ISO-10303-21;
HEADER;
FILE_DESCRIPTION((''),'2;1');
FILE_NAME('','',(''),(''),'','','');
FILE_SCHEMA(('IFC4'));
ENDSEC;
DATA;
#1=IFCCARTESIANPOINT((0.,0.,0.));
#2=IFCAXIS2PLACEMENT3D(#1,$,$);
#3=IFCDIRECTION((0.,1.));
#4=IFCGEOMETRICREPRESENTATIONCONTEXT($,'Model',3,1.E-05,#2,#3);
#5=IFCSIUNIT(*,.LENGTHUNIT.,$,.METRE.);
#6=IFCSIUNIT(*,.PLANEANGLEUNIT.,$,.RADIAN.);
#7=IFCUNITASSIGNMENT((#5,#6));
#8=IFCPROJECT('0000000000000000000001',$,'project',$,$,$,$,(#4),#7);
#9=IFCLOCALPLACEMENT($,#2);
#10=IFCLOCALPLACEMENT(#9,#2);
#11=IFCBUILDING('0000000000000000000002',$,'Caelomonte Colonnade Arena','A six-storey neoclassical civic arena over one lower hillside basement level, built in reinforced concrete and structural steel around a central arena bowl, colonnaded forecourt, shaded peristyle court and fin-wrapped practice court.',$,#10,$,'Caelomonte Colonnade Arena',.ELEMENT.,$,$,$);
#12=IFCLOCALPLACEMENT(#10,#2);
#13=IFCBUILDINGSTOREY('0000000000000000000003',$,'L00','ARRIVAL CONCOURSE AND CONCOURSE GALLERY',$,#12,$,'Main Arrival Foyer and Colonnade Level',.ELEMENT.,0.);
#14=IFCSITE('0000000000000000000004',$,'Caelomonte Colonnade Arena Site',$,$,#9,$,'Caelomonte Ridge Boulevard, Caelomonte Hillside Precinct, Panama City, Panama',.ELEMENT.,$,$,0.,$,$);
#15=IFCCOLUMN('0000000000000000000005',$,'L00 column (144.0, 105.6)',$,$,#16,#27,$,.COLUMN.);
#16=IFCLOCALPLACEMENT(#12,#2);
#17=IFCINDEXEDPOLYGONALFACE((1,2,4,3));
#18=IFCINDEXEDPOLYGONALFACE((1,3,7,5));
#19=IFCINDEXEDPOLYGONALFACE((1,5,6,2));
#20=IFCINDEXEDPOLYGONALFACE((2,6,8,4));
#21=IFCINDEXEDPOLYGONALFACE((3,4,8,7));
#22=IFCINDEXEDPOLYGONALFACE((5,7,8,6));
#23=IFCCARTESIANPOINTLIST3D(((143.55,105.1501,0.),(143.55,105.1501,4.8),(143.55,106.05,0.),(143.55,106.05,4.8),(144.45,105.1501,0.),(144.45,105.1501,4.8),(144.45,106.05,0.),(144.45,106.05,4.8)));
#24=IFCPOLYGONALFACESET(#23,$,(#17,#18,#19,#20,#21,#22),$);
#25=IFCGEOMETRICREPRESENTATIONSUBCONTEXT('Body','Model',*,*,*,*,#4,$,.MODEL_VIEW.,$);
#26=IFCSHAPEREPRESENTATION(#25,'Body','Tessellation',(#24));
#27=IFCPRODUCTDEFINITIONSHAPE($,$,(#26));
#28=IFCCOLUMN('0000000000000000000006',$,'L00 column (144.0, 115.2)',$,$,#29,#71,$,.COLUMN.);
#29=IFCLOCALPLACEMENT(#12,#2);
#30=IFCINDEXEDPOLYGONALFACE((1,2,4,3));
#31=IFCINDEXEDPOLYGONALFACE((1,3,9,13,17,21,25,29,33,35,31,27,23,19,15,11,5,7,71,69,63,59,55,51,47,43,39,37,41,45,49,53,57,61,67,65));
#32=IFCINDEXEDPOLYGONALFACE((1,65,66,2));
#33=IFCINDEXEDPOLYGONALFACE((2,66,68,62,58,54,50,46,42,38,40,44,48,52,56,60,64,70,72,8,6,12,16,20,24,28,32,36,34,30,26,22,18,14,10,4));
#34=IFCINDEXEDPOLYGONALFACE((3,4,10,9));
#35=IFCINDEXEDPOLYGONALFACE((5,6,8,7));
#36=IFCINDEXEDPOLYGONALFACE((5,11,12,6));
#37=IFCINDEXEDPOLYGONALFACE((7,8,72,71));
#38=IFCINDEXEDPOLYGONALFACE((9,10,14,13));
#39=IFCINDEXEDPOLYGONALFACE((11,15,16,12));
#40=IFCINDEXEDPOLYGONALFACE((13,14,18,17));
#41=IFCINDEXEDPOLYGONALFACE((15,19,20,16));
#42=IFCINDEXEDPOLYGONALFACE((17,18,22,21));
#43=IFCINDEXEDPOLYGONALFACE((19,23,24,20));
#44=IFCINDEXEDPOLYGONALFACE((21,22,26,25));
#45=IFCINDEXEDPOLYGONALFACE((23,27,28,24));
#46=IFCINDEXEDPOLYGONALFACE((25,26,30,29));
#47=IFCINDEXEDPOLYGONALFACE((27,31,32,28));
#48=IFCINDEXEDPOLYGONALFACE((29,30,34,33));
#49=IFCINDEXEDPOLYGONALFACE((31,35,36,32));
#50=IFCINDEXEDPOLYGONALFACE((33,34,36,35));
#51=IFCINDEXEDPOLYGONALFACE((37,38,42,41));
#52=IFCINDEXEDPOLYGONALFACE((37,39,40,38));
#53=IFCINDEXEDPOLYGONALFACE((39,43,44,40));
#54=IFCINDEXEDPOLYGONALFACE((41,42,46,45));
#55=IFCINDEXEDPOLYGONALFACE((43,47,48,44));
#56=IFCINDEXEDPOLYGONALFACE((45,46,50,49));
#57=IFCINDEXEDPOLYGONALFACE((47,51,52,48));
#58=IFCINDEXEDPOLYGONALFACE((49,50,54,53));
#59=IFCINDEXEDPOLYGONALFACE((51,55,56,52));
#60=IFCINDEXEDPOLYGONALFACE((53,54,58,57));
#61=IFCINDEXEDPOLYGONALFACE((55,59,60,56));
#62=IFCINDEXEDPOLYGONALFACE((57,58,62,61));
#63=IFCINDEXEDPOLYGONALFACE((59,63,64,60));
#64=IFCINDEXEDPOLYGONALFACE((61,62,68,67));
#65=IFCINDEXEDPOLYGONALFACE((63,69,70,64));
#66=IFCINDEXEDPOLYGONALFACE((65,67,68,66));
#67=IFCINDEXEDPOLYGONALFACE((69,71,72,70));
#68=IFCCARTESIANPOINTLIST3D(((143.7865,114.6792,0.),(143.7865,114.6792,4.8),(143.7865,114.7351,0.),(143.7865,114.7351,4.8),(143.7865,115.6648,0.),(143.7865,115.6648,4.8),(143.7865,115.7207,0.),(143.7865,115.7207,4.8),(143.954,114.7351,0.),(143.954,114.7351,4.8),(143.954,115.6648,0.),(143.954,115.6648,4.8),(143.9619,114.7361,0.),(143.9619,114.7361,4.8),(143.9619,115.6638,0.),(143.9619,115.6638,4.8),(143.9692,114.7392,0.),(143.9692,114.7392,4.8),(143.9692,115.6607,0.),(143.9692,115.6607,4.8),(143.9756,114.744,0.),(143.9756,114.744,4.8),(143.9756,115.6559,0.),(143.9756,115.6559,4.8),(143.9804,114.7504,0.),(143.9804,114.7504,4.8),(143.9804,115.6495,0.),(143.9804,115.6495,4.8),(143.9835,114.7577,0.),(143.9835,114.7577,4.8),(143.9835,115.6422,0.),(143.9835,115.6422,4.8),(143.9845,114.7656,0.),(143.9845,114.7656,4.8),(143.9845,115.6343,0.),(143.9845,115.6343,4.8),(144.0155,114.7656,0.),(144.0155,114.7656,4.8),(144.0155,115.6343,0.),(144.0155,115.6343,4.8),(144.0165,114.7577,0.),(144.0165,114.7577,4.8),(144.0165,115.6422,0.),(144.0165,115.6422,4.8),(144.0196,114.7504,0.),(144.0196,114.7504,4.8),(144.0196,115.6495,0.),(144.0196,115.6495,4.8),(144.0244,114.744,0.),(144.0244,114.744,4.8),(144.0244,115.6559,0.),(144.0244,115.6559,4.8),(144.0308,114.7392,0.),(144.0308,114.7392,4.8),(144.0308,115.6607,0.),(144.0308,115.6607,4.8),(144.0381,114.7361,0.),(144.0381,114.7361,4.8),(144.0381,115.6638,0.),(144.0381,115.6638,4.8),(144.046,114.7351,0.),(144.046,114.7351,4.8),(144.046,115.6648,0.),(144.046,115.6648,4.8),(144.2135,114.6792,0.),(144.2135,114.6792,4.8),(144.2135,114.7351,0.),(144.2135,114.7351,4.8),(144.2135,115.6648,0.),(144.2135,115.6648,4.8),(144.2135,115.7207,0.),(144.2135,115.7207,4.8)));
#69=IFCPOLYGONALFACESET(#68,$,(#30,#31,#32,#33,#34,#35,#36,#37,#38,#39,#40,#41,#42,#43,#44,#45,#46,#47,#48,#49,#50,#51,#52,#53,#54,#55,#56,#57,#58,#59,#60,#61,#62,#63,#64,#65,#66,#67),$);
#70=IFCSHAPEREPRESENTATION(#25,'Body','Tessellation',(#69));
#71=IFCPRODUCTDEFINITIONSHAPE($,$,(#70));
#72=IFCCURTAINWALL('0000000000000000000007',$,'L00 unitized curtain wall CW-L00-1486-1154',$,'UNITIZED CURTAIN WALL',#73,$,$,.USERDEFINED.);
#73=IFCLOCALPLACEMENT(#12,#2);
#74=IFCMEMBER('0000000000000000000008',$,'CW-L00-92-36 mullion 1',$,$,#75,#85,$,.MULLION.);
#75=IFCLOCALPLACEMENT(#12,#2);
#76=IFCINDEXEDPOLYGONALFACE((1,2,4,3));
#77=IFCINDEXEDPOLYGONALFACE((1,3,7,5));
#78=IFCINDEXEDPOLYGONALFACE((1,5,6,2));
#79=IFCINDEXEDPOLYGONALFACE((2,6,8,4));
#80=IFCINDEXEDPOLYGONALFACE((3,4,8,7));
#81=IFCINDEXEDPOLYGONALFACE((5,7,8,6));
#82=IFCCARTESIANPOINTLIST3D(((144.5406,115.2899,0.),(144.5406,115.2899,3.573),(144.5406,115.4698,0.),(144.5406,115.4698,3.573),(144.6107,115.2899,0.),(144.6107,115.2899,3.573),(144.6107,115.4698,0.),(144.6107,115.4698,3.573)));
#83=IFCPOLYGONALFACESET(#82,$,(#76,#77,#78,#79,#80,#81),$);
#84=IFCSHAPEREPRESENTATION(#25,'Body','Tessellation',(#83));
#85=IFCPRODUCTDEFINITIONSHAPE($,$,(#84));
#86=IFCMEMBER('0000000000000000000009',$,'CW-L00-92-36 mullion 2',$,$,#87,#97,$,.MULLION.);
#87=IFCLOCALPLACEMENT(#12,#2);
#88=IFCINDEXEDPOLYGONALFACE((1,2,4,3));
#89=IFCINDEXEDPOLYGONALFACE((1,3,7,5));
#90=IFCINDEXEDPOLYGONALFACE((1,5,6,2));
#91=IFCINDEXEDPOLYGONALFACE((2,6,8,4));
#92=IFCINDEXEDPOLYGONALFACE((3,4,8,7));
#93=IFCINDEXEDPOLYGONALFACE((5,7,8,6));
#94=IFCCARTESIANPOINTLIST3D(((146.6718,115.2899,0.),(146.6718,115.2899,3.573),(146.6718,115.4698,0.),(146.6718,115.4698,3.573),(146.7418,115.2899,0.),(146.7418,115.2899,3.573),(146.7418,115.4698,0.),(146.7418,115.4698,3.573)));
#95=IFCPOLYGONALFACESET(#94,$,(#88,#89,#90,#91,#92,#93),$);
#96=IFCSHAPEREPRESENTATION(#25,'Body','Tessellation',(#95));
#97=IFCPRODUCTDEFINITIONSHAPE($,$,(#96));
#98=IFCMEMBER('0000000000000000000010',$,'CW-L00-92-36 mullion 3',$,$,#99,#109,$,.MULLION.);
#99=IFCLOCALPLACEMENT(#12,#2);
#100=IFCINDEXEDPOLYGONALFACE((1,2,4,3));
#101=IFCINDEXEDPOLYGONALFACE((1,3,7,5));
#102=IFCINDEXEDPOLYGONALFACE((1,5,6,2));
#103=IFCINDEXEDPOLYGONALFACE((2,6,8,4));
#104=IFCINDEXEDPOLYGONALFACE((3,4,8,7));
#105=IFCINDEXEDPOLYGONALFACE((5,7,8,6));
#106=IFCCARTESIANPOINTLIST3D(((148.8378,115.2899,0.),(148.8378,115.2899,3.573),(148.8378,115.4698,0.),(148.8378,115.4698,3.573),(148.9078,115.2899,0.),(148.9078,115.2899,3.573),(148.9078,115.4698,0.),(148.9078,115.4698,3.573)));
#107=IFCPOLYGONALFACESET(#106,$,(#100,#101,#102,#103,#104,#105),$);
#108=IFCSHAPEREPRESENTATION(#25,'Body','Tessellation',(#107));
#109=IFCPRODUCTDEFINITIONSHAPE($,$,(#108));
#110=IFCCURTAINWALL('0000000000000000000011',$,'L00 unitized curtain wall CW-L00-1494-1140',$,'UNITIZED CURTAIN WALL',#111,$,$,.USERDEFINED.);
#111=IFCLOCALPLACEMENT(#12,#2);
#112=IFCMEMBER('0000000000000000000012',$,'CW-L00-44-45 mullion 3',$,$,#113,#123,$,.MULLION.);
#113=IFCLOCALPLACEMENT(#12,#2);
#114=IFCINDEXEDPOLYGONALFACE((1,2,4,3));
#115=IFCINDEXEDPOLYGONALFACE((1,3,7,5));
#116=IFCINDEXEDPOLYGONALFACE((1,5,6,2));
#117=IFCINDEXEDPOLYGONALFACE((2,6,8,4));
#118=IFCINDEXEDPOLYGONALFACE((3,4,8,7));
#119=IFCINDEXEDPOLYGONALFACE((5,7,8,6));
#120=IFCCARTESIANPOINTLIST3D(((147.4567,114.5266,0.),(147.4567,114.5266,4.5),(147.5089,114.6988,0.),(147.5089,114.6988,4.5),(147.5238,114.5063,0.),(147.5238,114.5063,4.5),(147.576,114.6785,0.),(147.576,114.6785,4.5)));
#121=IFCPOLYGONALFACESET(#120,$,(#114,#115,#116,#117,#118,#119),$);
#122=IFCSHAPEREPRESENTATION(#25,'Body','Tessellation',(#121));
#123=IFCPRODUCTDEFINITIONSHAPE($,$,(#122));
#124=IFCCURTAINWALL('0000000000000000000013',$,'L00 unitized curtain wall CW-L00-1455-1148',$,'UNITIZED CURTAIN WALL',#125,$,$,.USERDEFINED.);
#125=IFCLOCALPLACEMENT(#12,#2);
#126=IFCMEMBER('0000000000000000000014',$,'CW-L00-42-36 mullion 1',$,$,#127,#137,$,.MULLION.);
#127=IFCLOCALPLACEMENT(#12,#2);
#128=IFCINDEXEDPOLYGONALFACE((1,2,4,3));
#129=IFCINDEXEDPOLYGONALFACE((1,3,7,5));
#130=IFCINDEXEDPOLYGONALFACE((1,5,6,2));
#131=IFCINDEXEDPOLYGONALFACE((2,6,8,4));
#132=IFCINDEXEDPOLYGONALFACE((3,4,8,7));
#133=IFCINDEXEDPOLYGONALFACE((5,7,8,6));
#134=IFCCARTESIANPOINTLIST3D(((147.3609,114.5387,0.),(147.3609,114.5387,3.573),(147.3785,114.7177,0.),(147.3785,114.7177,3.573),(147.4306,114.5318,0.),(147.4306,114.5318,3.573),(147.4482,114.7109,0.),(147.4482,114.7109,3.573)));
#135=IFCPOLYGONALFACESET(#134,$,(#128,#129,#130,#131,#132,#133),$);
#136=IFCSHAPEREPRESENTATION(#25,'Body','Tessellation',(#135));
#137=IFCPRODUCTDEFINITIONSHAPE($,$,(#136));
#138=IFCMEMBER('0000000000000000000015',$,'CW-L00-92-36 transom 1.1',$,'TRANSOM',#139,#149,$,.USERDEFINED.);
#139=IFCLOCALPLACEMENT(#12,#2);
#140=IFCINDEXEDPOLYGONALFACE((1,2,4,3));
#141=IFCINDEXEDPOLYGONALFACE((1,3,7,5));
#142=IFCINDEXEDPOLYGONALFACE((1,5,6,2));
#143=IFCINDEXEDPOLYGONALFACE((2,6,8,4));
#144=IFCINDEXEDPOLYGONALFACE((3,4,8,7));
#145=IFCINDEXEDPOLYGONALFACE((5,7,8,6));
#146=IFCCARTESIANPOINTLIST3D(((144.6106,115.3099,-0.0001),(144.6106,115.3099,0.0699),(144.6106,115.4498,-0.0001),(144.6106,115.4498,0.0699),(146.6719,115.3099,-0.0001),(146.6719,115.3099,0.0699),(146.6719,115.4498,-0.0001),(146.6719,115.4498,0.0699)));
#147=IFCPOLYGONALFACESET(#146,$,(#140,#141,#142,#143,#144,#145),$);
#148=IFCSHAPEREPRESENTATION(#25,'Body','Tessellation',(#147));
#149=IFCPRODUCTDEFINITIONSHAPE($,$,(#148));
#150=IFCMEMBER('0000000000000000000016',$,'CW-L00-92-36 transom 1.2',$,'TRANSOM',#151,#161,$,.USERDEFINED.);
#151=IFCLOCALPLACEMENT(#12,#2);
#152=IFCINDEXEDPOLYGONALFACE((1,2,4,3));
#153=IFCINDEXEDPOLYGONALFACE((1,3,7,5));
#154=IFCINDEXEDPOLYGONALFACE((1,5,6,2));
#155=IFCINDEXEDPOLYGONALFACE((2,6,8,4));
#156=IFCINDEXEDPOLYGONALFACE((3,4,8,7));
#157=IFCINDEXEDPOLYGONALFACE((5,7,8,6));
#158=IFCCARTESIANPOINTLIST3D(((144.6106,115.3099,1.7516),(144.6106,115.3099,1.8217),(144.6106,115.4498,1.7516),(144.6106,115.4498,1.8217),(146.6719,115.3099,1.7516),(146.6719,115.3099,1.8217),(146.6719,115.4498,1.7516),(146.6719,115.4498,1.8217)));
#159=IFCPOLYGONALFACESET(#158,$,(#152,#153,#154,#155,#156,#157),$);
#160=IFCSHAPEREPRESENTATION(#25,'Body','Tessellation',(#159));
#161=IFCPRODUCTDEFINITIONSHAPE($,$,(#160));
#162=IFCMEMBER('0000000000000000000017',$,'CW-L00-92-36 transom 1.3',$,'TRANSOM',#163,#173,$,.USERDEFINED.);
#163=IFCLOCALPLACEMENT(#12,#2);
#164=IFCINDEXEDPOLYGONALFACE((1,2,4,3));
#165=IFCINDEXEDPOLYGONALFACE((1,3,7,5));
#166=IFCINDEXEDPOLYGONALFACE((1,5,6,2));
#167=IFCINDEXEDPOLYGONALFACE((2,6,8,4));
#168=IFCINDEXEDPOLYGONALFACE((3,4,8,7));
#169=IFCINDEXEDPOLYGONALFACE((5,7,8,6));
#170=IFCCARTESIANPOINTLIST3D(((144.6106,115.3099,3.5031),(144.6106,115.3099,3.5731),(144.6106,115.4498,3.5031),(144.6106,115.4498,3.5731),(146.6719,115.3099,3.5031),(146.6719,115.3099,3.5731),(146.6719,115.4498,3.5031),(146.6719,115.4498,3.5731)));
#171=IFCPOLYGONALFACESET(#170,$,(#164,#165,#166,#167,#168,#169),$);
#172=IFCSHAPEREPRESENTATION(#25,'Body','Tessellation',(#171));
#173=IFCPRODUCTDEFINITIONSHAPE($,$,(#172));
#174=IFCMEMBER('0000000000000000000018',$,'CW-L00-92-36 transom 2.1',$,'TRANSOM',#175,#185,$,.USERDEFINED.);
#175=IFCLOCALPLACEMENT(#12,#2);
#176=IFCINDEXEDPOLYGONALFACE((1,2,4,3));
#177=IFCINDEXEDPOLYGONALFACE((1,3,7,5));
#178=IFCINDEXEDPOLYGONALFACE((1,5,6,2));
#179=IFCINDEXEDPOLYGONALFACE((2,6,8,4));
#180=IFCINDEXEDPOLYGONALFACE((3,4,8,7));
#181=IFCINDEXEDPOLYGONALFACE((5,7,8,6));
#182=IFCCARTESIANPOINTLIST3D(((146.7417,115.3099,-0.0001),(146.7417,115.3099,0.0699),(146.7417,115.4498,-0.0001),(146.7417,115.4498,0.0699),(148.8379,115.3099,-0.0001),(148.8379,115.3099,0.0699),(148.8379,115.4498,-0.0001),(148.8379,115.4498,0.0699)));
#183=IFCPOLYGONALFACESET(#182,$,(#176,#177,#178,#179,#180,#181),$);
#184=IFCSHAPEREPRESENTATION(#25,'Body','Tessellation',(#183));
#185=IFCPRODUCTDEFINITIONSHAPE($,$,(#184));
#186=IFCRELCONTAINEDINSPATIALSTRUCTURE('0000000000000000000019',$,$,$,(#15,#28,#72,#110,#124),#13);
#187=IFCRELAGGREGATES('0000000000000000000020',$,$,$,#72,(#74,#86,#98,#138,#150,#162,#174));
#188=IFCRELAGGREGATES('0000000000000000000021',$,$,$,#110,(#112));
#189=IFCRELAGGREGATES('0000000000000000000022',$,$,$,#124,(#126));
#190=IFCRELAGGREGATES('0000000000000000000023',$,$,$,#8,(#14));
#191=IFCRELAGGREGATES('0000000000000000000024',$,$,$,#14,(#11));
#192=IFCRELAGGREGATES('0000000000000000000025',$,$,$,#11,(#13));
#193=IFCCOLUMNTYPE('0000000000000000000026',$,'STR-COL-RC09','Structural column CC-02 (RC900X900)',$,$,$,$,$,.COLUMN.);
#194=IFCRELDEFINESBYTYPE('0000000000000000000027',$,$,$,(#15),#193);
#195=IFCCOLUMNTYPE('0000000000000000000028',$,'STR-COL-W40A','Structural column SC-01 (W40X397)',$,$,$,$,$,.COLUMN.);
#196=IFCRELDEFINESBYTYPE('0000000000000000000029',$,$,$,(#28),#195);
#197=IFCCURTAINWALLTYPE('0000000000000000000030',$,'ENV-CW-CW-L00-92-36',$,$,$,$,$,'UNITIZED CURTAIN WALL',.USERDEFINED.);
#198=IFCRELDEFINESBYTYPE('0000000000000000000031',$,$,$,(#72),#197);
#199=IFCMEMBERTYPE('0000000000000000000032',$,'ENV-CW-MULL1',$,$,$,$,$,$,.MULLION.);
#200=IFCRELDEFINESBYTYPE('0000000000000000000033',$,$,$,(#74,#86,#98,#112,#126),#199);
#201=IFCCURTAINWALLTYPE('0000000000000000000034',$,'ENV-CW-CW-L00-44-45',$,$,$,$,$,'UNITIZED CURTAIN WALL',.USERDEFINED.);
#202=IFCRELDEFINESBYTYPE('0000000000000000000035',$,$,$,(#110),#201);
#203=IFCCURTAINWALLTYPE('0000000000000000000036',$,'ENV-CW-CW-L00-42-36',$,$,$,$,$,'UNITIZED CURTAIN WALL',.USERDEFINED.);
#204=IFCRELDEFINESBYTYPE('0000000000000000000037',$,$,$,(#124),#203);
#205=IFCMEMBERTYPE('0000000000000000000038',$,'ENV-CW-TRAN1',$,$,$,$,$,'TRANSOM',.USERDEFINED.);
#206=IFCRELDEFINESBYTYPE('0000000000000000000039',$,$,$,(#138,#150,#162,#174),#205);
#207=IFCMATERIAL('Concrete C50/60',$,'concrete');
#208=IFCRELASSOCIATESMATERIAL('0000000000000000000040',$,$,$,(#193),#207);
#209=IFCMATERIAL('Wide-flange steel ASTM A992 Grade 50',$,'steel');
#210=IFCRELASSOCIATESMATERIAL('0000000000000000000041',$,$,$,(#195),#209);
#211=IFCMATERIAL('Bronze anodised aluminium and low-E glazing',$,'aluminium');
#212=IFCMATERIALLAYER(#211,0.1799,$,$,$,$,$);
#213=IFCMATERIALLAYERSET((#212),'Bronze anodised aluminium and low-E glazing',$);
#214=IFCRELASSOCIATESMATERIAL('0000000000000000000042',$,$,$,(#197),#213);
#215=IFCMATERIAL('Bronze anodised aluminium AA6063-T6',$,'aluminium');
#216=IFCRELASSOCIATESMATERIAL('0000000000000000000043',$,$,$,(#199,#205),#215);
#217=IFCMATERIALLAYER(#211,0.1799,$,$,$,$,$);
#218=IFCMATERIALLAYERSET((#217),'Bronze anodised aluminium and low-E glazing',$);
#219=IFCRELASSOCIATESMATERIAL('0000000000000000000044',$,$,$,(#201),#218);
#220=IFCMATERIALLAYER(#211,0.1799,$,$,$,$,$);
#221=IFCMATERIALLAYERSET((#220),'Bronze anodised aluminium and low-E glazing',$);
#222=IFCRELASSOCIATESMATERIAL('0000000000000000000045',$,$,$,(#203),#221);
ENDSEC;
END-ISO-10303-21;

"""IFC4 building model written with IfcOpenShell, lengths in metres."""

from ifc_helpers import new_model, si_unit, direction, frame, origin, origin_2d, place, context, subcontext, project, spatial, rectangle, i_section, extrude, material, layer, layer_set, material_profile, profile_set, type_object, element, aggregate, save


model = new_model("IFC4")

# Units and contexts
model_context = context("Model", 3, precision=1e-05, world=origin(), true_north=direction((0.0, 1.0)))
body_context = subcontext(model_context, "Body", "Model", "MODEL_VIEW")
ifc_project = project(units=[si_unit("LENGTHUNIT", "METRE"), si_unit("PLANEANGLEUNIT", "RADIAN")], contexts=[model_context])

# Site, building, storey
site_placement = place(None, origin())
site = spatial("IfcSite", under=ifc_project, at=site_placement, Name="Caelomonte Colonnade Arena Site", LongName="Caelomonte Ridge Boulevard, Caelomonte Hillside Precinct, Panama City, Panama", CompositionType="ELEMENT", RefElevation=0.0)
building_placement = place(site_placement, origin())
building = spatial("IfcBuilding", under=site, at=building_placement, Name="Caelomonte Colonnade Arena", Description="A six-storey neoclassical civic arena over one lower hillside basement level, built in reinforced concrete and structural steel around a central arena bowl, colonnaded forecourt, shaded peristyle court and fin-wrapped practice court.", LongName="Caelomonte Colonnade Arena", CompositionType="ELEMENT")
storey_placement = place(building_placement, origin())
storey = spatial("IfcBuildingStorey", under=building, at=storey_placement, Name="L00", Description="ARRIVAL CONCOURSE AND CONCOURSE GALLERY", LongName="Main Arrival Foyer and Colonnade Level", CompositionType="ELEMENT", Elevation=0.0)

# Columns
ifc_material_1 = material(Name="Concrete C50/60", Category="concrete")
ifc_material_profile_1 = material_profile(ifc_material_1, rectangle(XDim=0.8999, YDim=0.8999, at=origin_2d()), Name="RC900X900")
ifc_profile_set_1 = profile_set([ifc_material_profile_1], Name="Concrete C50/60")
column_type_1 = type_object("IfcColumnType", Name="STR-COL-RC09", Description="Structural column CC-02 (RC900X900)", PredefinedType="COLUMN", material=ifc_profile_set_1)
column_1_placement = place(storey_placement, frame((144.0, 105.6001, 0.0), z_axis=(0.0, 0.0, 1.0), x_axis=(1.0, 0.0, 0.0)))
element("IfcColumn", 1, at=column_1_placement, inside=storey, type_object=column_type_1, Name="L00 column (144.0, 105.6)", PredefinedType="COLUMN", context=body_context, shape_type="SweptSolid", body=[
    extrude(rectangle(XDim=0.8999, YDim=0.8999, at=origin_2d()), origin(), (0.0, 0.0, 1.0), 4.8),
])
ifc_material_2 = material(Name="Wide-flange steel ASTM A992 Grade 50", Category="steel")
ifc_material_profile_2 = material_profile(ifc_material_2, i_section(OverallWidth=0.427, OverallDepth=1.0415, WebThickness=0.031, FlangeThickness=0.0559, FilletRadius=0.0305, at=origin_2d()), Name="W40X397")
ifc_profile_set_2 = profile_set([ifc_material_profile_2], Name="Wide-flange steel ASTM A992 Grade 50")
column_type_2 = type_object("IfcColumnType", Name="STR-COL-W40A", Description="Structural column SC-01 (W40X397)", PredefinedType="COLUMN", material=ifc_profile_set_2)
column_2_placement = place(storey_placement, frame((144.0, 115.2, 0.0), z_axis=(0.0, 0.0, 1.0), x_axis=(1.0, 0.0, 0.0)))
element("IfcColumn", 2, at=column_2_placement, inside=storey, type_object=column_type_2, Name="L00 column (144.0, 115.2)", PredefinedType="COLUMN", context=body_context, shape_type="SweptSolid", body=[
    extrude(i_section(OverallWidth=0.427, OverallDepth=1.0415, WebThickness=0.031, FlangeThickness=0.0559, FilletRadius=0.0305, at=origin_2d()), origin(), (0.0, 0.0, 1.0), 4.8),
])

# Curtain wall, members
ifc_material_3 = material(Name="Bronze anodised aluminium and low-E glazing", Category="aluminium")
ifc_layer_1 = layer(ifc_material_3, 0.1799)
ifc_layer_set_1 = layer_set([ifc_layer_1], Name="Bronze anodised aluminium and low-E glazing")
curtain_wall_type_1 = type_object("IfcCurtainWallType", Name="ENV-CW-CW-L00-92-36", ElementType="UNITIZED CURTAIN WALL", PredefinedType="USERDEFINED", material=ifc_layer_set_1)
curtain_wall_1_placement = place(storey_placement, origin())
curtain_wall_1 = element("IfcCurtainWall", 3, at=curtain_wall_1_placement, inside=storey, type_object=curtain_wall_type_1, Name="L00 unitized curtain wall CW-L00-1486-1154", ObjectType="UNITIZED CURTAIN WALL", PredefinedType="USERDEFINED")
ifc_material_4 = material(Name="Bronze anodised aluminium AA6063-T6", Category="aluminium")
ifc_material_profile_3 = material_profile(ifc_material_4, rectangle(XDim=0.0701, YDim=0.1799, at=origin_2d()), Name="CWM-70X180")
ifc_profile_set_3 = profile_set([ifc_material_profile_3], Name="Bronze anodised aluminium AA6063-T6")
member_type_1 = type_object("IfcMemberType", Name="ENV-CW-MULL1", PredefinedType="MULLION", material=ifc_profile_set_3)
member_1_placement = place(storey_placement, frame((144.5757, 115.3799, 0.0), z_axis=(0.0, 0.0, 1.0), x_axis=(1.0, 0.0, 0.0)))
member_1 = element("IfcMember", 4, at=member_1_placement, type_object=member_type_1, Name="CW-L00-92-36 mullion 1", PredefinedType="MULLION", context=body_context, shape_type="SweptSolid", body=[
    extrude(rectangle(XDim=0.0701, YDim=0.1799, at=origin_2d()), origin(), (0.0, 0.0, 1.0), 3.573),
])
member_2_placement = place(storey_placement, frame((146.7068, 115.3799, 0.0), z_axis=(0.0, 0.0, 1.0), x_axis=(1.0, 0.0, 0.0)))
member_2 = element("IfcMember", 5, at=member_2_placement, type_object=member_type_1, Name="CW-L00-92-36 mullion 2", PredefinedType="MULLION", context=body_context, shape_type="SweptSolid", body=[
    extrude(rectangle(XDim=0.0701, YDim=0.1799, at=origin_2d()), origin(), (0.0, 0.0, 1.0), 3.573),
])
member_3_placement = place(storey_placement, frame((148.8728, 115.3799, 0.0), z_axis=(0.0, 0.0, 1.0), x_axis=(1.0, 0.0, 0.0)))
member_3 = element("IfcMember", 6, at=member_3_placement, type_object=member_type_1, Name="CW-L00-92-36 mullion 3", PredefinedType="MULLION", context=body_context, shape_type="SweptSolid", body=[
    extrude(rectangle(XDim=0.0701, YDim=0.1799, at=origin_2d()), origin(), (0.0, 0.0, 1.0), 3.573),
])

# Curtain walls, members
ifc_layer_2 = layer(ifc_material_3, 0.1799)
ifc_layer_set_2 = layer_set([ifc_layer_2], Name="Bronze anodised aluminium and low-E glazing")
curtain_wall_type_2 = type_object("IfcCurtainWallType", Name="ENV-CW-CW-L00-44-45", ElementType="UNITIZED CURTAIN WALL", PredefinedType="USERDEFINED", material=ifc_layer_set_2)
curtain_wall_2_placement = place(storey_placement, origin())
curtain_wall_2 = element("IfcCurtainWall", 7, at=curtain_wall_2_placement, inside=storey, type_object=curtain_wall_type_2, Name="L00 unitized curtain wall CW-L00-1494-1140", ObjectType="UNITIZED CURTAIN WALL", PredefinedType="USERDEFINED")
member_4_placement = place(storey_placement, frame((147.5164, 114.6025, 0.0), z_axis=(0.0, 0.0, 1.0), x_axis=(-0.956949, 0.290256, 0.0)))
member_4 = element("IfcMember", 8, at=member_4_placement, type_object=member_type_1, Name="CW-L00-44-45 mullion 3", PredefinedType="MULLION", context=body_context, shape_type="SweptSolid", body=[
    extrude(rectangle(XDim=0.0701, YDim=0.1799, at=origin_2d()), origin(), (0.0, 0.0, 1.0), 4.5),
])
ifc_layer_3 = layer(ifc_material_3, 0.1799)
ifc_layer_set_3 = layer_set([ifc_layer_3], Name="Bronze anodised aluminium and low-E glazing")
curtain_wall_type_3 = type_object("IfcCurtainWallType", Name="ENV-CW-CW-L00-42-36", ElementType="UNITIZED CURTAIN WALL", PredefinedType="USERDEFINED", material=ifc_layer_set_3)
curtain_wall_3_placement = place(storey_placement, origin())
curtain_wall_3 = element("IfcCurtainWall", 9, at=curtain_wall_3_placement, inside=storey, type_object=curtain_wall_type_3, Name="L00 unitized curtain wall CW-L00-1455-1148", ObjectType="UNITIZED CURTAIN WALL", PredefinedType="USERDEFINED")
member_5_placement = place(storey_placement, frame((147.4045, 114.6248, 0.0), z_axis=(0.0, 0.0, 1.0), x_axis=(-0.995184, 0.098022, 0.0)))
member_5 = element("IfcMember", 10, at=member_5_placement, type_object=member_type_1, Name="CW-L00-42-36 mullion 1", PredefinedType="MULLION", context=body_context, shape_type="SweptSolid", body=[
    extrude(rectangle(XDim=0.0701, YDim=0.1799, at=origin_2d()), origin(), (0.0, 0.0, 1.0), 3.573),
])

# Members
ifc_material_profile_4 = material_profile(ifc_material_4, rectangle(XDim=0.0701, YDim=0.1399, at=origin_2d()), Name="CWT-70X140")
ifc_profile_set_4 = profile_set([ifc_material_profile_4], Name="Bronze anodised aluminium AA6063-T6")
member_type_2 = type_object("IfcMemberType", Name="ENV-CW-TRAN1", ElementType="TRANSOM", PredefinedType="USERDEFINED", material=ifc_profile_set_4)
member_6_placement = place(storey_placement, frame((144.6106, 115.3799, 0.0349), z_axis=(1.0, 0.0, 0.0), x_axis=(0.0, 0.0, 1.0)))
member_6 = element("IfcMember", 11, at=member_6_placement, type_object=member_type_2, Name="CW-L00-92-36 transom 1.1", ObjectType="TRANSOM", PredefinedType="USERDEFINED", context=body_context, shape_type="SweptSolid", body=[
    extrude(rectangle(XDim=0.0701, YDim=0.1399, at=origin_2d()), origin(), (0.0, 0.0, 1.0), 2.0613),
])
member_7_placement = place(storey_placement, frame((144.6106, 115.3799, 1.7866), z_axis=(1.0, 0.0, 0.0), x_axis=(0.0, 0.0, 1.0)))
member_7 = element("IfcMember", 12, at=member_7_placement, type_object=member_type_2, Name="CW-L00-92-36 transom 1.2", ObjectType="TRANSOM", PredefinedType="USERDEFINED", context=body_context, shape_type="SweptSolid", body=[
    extrude(rectangle(XDim=0.0701, YDim=0.1399, at=origin_2d()), origin(), (0.0, 0.0, 1.0), 2.0613),
])
member_8_placement = place(storey_placement, frame((144.6106, 115.3799, 3.5381), z_axis=(1.0, 0.0, 0.0), x_axis=(0.0, 0.0, 1.0)))
member_8 = element("IfcMember", 13, at=member_8_placement, type_object=member_type_2, Name="CW-L00-92-36 transom 1.3", ObjectType="TRANSOM", PredefinedType="USERDEFINED", context=body_context, shape_type="SweptSolid", body=[
    extrude(rectangle(XDim=0.0701, YDim=0.1399, at=origin_2d()), origin(), (0.0, 0.0, 1.0), 2.0613),
])
member_9_placement = place(storey_placement, frame((146.7417, 115.3799, 0.0349), z_axis=(1.0, 0.0, 0.0), x_axis=(0.0, 0.0, 1.0)))
member_9 = element("IfcMember", 14, at=member_9_placement, type_object=member_type_2, Name="CW-L00-92-36 transom 2.1", ObjectType="TRANSOM", PredefinedType="USERDEFINED", context=body_context, shape_type="SweptSolid", body=[
    extrude(rectangle(XDim=0.0701, YDim=0.1399, at=origin_2d()), origin(), (0.0, 0.0, 1.0), 2.0962),
])

aggregate(curtain_wall_1, [member_1, member_2, member_3, member_6, member_7, member_8, member_9])
aggregate(curtain_wall_2, [member_4])
aggregate(curtain_wall_3, [member_5])

save(model, "model.ifc")
